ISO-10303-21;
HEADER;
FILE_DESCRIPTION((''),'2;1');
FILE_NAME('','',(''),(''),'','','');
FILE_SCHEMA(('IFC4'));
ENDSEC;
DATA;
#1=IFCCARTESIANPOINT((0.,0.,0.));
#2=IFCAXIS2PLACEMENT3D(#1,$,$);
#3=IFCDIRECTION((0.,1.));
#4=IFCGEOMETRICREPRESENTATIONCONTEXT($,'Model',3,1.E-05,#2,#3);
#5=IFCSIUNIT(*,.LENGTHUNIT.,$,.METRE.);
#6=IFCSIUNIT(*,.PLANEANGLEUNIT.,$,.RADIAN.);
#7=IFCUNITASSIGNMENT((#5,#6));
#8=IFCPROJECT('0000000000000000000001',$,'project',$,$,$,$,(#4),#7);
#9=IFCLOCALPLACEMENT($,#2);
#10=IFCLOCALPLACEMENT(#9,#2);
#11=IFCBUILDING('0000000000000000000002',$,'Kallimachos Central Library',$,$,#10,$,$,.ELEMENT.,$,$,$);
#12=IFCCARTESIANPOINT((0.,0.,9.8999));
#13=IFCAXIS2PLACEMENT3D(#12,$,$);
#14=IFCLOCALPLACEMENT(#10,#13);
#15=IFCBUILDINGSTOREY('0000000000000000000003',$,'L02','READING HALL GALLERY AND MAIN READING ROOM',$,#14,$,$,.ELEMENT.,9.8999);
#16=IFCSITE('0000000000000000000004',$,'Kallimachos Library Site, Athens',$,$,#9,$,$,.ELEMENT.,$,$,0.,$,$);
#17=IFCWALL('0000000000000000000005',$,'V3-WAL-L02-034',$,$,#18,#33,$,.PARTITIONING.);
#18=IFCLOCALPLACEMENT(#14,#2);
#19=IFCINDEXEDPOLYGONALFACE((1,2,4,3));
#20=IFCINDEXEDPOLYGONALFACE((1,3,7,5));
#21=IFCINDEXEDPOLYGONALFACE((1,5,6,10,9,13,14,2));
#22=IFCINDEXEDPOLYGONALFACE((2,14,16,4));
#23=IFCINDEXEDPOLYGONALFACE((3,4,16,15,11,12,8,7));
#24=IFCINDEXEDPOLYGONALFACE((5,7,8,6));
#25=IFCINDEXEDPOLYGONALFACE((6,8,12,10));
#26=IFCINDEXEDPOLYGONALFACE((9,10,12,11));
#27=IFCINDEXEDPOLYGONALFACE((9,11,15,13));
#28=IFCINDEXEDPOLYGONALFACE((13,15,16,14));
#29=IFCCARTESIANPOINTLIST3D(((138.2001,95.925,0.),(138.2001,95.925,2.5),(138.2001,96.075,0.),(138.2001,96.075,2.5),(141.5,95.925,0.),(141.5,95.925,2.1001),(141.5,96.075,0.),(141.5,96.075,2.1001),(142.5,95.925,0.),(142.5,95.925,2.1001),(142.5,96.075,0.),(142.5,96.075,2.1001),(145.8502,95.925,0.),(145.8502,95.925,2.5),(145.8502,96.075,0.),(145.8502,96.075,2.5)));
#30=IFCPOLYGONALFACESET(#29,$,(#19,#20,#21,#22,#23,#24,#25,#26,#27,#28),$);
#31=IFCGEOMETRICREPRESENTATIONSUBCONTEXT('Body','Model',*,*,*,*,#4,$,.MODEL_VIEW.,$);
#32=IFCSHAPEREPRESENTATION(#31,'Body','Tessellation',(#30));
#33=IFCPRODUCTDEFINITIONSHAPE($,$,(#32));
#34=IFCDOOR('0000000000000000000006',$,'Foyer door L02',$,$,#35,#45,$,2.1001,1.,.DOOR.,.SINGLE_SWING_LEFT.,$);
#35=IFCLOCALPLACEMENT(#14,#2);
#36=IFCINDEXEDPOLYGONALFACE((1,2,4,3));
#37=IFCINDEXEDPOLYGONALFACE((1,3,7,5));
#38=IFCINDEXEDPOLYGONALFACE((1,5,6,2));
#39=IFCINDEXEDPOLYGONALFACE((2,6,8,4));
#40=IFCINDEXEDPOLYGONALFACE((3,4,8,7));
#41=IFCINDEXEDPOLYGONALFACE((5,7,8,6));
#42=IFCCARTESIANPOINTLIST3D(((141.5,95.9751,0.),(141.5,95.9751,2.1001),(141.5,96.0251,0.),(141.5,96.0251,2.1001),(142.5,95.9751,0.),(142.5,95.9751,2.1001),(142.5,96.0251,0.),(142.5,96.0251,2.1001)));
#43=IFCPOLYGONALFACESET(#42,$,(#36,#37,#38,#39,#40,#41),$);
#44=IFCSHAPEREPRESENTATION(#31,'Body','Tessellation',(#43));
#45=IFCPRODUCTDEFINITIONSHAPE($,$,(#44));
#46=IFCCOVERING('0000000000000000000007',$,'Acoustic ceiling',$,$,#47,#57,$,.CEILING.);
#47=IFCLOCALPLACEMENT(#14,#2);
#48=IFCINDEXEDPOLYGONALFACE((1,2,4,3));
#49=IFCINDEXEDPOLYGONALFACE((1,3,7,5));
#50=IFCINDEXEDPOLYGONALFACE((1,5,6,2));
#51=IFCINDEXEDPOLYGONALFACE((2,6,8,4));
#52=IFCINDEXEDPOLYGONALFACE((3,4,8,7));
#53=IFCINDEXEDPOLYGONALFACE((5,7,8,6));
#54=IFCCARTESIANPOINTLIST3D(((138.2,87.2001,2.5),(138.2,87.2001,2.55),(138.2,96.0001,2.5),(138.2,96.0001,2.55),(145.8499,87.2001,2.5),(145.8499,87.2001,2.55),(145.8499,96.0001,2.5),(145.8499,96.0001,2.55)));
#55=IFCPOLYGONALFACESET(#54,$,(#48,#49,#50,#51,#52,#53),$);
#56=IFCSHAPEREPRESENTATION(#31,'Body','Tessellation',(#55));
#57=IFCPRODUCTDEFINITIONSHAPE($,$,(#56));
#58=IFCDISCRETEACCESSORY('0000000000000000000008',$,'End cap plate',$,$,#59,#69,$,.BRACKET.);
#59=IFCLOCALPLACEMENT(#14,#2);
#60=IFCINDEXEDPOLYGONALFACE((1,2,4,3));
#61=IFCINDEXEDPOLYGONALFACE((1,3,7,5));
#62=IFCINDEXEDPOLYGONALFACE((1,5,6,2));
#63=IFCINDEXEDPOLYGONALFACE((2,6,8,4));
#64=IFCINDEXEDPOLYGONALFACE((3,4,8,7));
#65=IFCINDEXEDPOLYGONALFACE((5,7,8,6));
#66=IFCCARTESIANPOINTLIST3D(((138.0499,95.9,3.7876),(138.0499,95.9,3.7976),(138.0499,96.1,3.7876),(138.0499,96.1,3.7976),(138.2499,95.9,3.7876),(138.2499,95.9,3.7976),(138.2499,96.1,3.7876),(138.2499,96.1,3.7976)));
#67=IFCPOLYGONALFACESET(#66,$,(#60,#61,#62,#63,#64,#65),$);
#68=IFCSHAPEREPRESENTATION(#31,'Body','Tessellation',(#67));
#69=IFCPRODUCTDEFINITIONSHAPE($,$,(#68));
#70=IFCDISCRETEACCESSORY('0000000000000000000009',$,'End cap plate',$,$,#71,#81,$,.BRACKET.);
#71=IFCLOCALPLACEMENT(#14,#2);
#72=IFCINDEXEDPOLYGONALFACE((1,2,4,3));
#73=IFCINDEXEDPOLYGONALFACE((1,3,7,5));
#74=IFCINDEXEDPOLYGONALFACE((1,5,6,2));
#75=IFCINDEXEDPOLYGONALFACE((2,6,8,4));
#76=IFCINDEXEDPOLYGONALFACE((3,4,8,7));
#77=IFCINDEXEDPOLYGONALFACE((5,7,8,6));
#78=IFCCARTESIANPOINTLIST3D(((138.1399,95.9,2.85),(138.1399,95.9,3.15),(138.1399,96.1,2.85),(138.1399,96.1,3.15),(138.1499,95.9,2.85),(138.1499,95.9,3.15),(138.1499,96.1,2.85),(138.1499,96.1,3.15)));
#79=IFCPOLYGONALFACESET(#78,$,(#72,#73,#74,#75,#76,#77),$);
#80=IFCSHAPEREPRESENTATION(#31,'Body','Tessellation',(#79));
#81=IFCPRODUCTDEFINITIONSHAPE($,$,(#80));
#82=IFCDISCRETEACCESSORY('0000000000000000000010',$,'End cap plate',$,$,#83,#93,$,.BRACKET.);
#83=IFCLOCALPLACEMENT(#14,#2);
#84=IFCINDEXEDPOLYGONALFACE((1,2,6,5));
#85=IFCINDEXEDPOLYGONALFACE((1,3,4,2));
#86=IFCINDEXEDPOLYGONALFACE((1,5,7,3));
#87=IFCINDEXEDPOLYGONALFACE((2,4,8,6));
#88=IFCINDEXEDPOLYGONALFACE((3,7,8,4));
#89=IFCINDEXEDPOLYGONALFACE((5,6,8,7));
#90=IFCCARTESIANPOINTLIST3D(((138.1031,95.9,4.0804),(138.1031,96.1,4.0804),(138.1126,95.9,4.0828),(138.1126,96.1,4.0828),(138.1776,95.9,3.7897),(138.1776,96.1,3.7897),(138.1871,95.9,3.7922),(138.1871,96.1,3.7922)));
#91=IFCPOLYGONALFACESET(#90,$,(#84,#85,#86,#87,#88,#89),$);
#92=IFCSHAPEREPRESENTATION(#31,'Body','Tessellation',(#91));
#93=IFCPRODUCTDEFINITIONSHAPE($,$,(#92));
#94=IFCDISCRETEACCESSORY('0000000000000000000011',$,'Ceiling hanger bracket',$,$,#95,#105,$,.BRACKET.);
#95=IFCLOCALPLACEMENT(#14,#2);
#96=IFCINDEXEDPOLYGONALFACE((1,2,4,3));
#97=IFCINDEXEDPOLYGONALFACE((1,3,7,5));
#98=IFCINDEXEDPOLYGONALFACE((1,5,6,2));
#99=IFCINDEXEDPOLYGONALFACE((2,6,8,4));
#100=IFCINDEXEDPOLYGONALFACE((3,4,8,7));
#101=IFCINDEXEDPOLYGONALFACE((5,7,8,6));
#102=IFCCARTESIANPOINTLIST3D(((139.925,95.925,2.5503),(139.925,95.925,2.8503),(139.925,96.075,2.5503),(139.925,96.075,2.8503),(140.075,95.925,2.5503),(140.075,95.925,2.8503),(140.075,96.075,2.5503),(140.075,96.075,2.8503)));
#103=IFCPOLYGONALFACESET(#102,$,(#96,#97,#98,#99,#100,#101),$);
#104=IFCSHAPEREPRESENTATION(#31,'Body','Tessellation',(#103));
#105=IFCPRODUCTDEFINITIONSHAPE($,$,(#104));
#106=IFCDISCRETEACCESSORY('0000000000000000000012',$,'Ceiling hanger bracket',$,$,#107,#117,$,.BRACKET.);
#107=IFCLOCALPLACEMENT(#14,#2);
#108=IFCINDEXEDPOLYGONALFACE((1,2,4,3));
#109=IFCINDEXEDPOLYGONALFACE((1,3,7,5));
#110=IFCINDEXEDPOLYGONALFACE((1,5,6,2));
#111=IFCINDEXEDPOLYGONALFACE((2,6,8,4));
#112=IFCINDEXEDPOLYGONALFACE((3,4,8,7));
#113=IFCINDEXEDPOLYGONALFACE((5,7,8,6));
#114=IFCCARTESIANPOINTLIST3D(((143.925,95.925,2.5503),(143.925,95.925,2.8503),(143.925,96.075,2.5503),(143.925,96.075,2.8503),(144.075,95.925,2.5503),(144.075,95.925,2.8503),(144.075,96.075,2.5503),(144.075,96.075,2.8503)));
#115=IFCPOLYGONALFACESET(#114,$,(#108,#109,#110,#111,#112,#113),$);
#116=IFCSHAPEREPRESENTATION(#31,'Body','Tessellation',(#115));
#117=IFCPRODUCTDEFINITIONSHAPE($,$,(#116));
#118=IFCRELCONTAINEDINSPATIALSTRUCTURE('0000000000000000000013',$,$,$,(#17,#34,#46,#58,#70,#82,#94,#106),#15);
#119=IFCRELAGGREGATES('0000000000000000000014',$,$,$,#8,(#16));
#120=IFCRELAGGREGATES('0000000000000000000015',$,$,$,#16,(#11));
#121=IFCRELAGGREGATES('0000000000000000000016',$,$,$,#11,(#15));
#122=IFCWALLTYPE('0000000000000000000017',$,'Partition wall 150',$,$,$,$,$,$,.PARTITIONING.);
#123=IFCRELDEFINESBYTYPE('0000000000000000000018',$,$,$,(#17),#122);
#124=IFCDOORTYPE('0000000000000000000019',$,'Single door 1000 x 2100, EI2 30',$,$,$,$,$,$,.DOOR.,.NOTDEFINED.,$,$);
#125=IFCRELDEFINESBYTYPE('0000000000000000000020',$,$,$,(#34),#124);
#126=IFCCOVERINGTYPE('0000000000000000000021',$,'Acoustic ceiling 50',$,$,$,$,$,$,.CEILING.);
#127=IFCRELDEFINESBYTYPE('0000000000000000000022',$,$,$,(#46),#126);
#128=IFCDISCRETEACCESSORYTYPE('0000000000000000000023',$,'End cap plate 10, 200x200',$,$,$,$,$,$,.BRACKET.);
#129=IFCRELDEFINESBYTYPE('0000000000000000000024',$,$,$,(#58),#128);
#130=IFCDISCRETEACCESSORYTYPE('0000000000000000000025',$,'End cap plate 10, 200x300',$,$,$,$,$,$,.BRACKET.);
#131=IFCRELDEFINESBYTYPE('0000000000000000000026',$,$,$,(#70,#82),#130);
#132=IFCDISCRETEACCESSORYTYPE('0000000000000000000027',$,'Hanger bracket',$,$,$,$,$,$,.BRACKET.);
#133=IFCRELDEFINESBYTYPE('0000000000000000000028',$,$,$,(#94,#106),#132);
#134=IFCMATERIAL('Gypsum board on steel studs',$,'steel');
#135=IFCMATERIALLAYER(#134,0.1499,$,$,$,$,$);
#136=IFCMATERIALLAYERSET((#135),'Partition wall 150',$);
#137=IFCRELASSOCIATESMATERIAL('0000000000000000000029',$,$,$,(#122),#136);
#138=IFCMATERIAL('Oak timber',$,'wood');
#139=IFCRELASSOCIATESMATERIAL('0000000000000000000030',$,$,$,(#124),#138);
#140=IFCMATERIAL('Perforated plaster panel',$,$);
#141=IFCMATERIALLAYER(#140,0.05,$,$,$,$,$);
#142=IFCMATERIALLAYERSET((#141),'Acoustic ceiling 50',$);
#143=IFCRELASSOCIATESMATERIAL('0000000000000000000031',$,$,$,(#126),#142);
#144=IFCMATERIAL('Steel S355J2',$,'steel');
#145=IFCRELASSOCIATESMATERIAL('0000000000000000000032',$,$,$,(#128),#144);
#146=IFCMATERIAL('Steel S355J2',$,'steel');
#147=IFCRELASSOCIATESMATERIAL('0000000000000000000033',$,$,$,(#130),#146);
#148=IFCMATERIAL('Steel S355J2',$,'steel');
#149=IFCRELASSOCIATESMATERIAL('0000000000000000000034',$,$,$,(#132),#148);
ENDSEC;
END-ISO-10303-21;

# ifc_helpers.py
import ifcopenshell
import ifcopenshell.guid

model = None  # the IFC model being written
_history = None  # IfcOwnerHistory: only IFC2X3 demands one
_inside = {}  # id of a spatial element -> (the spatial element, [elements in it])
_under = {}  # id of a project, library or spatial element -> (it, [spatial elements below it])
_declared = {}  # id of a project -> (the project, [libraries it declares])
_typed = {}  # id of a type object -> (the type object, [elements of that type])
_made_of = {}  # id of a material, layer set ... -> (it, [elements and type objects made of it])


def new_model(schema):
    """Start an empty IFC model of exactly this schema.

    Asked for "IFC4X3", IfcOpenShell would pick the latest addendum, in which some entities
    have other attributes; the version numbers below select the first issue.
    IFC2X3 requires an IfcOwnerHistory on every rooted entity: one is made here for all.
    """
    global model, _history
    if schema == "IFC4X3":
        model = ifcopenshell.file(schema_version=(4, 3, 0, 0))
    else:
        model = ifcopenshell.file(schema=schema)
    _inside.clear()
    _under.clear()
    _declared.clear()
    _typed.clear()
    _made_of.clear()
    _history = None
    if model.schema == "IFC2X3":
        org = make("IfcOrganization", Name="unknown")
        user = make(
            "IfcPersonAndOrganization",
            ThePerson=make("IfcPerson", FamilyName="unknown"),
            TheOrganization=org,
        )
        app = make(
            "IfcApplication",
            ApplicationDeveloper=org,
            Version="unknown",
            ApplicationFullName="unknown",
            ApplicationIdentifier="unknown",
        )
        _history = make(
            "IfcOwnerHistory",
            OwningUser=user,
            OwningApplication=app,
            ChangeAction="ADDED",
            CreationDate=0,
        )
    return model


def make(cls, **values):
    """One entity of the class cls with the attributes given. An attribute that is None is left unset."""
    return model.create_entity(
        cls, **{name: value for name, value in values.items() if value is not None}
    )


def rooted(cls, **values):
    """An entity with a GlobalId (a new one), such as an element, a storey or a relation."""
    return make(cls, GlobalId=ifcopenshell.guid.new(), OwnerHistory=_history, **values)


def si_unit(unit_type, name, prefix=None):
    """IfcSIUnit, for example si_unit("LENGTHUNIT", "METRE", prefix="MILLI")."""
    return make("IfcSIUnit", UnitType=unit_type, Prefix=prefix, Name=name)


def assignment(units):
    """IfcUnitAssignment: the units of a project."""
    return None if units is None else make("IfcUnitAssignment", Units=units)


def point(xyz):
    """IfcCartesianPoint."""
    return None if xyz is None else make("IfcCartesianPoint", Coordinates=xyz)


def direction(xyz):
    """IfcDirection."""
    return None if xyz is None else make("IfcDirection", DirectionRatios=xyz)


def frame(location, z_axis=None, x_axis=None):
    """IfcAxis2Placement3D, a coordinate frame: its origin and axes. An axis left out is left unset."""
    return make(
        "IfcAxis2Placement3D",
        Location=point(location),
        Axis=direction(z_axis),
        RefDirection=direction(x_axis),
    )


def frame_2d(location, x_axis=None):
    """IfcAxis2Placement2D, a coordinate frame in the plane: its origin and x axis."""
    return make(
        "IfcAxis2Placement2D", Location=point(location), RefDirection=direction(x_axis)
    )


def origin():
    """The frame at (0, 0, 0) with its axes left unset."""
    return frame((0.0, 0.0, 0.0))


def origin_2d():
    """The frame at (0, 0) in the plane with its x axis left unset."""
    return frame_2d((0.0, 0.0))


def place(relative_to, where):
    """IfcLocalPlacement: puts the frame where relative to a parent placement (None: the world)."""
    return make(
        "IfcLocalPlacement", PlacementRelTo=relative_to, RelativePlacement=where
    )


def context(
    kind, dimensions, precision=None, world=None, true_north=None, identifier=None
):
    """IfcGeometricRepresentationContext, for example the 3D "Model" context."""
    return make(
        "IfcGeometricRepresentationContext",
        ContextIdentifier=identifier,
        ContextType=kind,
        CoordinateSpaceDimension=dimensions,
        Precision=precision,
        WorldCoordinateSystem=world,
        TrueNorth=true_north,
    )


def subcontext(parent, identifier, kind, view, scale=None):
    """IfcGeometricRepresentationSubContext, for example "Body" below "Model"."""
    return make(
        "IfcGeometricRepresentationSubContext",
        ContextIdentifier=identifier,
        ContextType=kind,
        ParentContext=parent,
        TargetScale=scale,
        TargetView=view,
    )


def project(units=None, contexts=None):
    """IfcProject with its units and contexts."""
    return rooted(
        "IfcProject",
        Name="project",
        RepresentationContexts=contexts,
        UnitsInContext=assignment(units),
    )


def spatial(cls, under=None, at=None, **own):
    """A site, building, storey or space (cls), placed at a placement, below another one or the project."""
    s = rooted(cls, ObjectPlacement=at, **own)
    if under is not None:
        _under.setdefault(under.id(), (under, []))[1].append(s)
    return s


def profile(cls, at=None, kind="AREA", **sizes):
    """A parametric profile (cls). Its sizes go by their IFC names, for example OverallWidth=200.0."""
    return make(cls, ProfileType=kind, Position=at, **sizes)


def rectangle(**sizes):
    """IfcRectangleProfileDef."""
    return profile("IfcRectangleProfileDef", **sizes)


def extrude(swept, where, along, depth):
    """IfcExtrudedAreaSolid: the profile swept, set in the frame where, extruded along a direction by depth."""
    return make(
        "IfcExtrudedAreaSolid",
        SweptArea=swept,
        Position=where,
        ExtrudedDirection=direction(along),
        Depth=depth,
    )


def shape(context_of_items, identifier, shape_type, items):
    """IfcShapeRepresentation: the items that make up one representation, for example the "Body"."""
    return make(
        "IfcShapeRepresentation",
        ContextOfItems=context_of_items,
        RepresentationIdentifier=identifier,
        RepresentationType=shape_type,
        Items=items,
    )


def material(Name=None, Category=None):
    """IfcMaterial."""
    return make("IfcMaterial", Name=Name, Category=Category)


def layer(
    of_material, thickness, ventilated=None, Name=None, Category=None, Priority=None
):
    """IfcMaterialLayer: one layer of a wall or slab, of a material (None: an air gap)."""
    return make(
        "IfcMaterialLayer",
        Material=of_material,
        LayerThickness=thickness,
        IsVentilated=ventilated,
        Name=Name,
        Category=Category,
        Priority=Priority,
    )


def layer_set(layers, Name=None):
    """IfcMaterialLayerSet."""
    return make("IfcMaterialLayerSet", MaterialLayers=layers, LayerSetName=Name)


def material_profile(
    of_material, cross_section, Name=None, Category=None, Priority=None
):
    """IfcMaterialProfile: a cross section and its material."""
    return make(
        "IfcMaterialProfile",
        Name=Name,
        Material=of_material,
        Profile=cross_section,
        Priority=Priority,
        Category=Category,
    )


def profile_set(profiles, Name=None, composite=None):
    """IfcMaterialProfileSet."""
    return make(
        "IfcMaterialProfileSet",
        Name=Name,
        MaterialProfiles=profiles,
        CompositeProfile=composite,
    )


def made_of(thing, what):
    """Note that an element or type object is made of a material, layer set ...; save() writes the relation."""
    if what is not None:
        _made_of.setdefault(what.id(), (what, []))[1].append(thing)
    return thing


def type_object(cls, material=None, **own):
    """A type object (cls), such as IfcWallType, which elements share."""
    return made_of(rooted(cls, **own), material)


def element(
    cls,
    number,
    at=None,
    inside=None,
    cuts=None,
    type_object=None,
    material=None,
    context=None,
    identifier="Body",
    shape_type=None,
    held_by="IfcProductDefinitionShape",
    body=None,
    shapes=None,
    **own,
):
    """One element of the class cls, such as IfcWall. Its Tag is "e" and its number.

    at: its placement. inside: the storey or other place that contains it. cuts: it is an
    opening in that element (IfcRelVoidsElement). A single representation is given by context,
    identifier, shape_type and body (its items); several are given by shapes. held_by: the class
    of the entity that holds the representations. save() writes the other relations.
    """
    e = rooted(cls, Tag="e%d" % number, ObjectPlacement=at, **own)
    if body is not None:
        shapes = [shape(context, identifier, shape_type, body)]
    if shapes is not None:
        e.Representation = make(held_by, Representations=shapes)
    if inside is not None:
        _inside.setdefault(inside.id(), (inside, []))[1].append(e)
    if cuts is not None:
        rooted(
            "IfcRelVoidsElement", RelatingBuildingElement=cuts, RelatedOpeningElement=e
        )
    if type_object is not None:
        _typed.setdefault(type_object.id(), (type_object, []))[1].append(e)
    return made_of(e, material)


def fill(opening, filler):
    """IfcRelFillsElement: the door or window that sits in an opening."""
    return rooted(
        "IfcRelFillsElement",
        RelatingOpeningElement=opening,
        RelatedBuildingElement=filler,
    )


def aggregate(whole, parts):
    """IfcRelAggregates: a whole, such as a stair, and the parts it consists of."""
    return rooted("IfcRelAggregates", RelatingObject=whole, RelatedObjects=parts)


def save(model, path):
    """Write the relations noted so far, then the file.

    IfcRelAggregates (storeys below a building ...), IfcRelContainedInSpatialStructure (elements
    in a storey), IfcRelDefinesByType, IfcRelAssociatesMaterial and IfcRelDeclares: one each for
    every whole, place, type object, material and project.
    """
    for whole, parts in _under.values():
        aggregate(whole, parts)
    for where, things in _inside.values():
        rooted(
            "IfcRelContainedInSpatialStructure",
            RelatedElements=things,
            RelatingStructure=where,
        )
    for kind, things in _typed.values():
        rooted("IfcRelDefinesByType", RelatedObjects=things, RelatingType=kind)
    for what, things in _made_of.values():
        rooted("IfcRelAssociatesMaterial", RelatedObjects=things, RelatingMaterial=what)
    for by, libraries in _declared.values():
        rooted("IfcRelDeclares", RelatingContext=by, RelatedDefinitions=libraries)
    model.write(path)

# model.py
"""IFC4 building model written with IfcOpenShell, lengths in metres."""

from ifc_helpers import new_model, si_unit, direction, frame, frame_2d, origin, origin_2d, place, context, subcontext, project, spatial, rectangle, extrude, material, layer, layer_set, material_profile, profile_set, type_object, element, fill, save


model = new_model("IFC4")

# Units and contexts
model_context = context("Model", 3, precision=1e-05, world=origin(), true_north=direction((0.0, 1.0)))
body_context = subcontext(model_context, "Body", "Model", "MODEL_VIEW")
ifc_project = project(units=[si_unit("LENGTHUNIT", "METRE"), si_unit("PLANEANGLEUNIT", "RADIAN")], contexts=[model_context])

# Site, building, storey
site_placement = place(None, origin())
site = spatial("IfcSite", under=ifc_project, at=site_placement, Name="Kallimachos Library Site, Athens", CompositionType="ELEMENT", RefElevation=0.0)
building_placement = place(site_placement, origin())
building = spatial("IfcBuilding", under=site, at=building_placement, Name="Kallimachos Central Library", CompositionType="ELEMENT")
storey_placement = place(building_placement, frame((0.0, 0.0, 9.8999)))
storey = spatial("IfcBuildingStorey", under=building, at=storey_placement, Name="L02", Description="READING HALL GALLERY AND MAIN READING ROOM", CompositionType="ELEMENT", Elevation=9.8999)

# Wall, opening, door
ifc_material_1 = material(Name="Gypsum board on steel studs", Category="steel")
ifc_layer_1 = layer(ifc_material_1, 0.1499)
ifc_layer_set_1 = layer_set([ifc_layer_1], Name="Partition wall 150")
wall_type_1 = type_object("IfcWallType", Name="Partition wall 150", PredefinedType="PARTITIONING", material=ifc_layer_set_1)
wall_1_placement = place(storey_placement, frame((138.2, 96.0, 0.0), z_axis=(0.0, 0.0, 1.0), x_axis=(1.0, 0.0, 0.0)))
wall_1 = element("IfcWall", 1, at=wall_1_placement, inside=storey, type_object=wall_type_1, Name="V3-WAL-L02-034", PredefinedType="PARTITIONING", context=body_context, shape_type="SweptSolid", body=[
    extrude(rectangle(XDim=7.6501, YDim=0.1499, at=frame_2d((3.8252, 0.0))), origin(), (0.0, 0.0, 1.0), 2.5),
])
opening_1_placement = place(wall_1_placement, frame((3.3, 0.0, 0.0)))
opening_1 = element("IfcOpeningElement", 2, at=opening_1_placement, cuts=wall_1, PredefinedType="OPENING", context=body_context, shape_type="SweptSolid", body=[
    extrude(rectangle(XDim=1.0, YDim=2.1001, at=frame_2d((0.5, 1.05))), frame((0.0, 0.085, 0.0), z_axis=(0.0, -1.0, 0.0), x_axis=(1.0, 0.0, 0.0)), (0.0, 0.0, 1.0), 0.1699),
])
ifc_material_2 = material(Name="Oak timber", Category="wood")
door_type_1 = type_object("IfcDoorType", Name="Single door 1000 x 2100, EI2 30", OperationType="NOTDEFINED", PredefinedType="DOOR", material=ifc_material_2)
door_1_placement = place(opening_1_placement, frame((1.0, 0.0, 0.0), z_axis=(0.0, 0.0, 1.0), x_axis=(-1.0, 0.0, 0.0)))
door_1 = element("IfcDoor", 3, at=door_1_placement, inside=storey, type_object=door_type_1, Name="Foyer door L02", OperationType="SINGLE_SWING_LEFT", OverallHeight=2.1001, OverallWidth=1.0, PredefinedType="DOOR", context=body_context, shape_type="SweptSolid", body=[
    extrude(rectangle(XDim=1.0, YDim=2.1001, at=frame_2d((0.5, 1.05))), frame((0.0, 0.0249, 0.0), z_axis=(0.0, -1.0, 0.0), x_axis=(1.0, 0.0, 0.0)), (0.0, 0.0, 1.0), 0.05),
])
fill(opening_1, door_1)

# Covering
ifc_material_3 = material(Name="Perforated plaster panel")
ifc_layer_2 = layer(ifc_material_3, 0.05)
ifc_layer_set_2 = layer_set([ifc_layer_2], Name="Acoustic ceiling 50")
covering_type = type_object("IfcCoveringType", Name="Acoustic ceiling 50", PredefinedType="CEILING", material=ifc_layer_set_2)
covering_placement = place(storey_placement, frame((142.0249, 91.6001, 2.5), z_axis=(0.0, 0.0, 1.0), x_axis=(1.0, 0.0, 0.0)))
element("IfcCovering", 4, at=covering_placement, inside=storey, type_object=covering_type, Name="Acoustic ceiling", PredefinedType="CEILING", context=body_context, shape_type="SweptSolid", body=[
    extrude(rectangle(XDim=7.6499, YDim=8.8, at=origin_2d()), origin(), (0.0, 0.0, 1.0), 0.05),
])

# Discrete accessories
ifc_material_4 = material(Name="Steel S355J2", Category="steel")
ifc_material_profile_1 = material_profile(ifc_material_4, rectangle(XDim=0.2, YDim=0.2, at=origin_2d()), Name="End cap plate 10, 200x200")
ifc_profile_set_1 = profile_set([ifc_material_profile_1], Name="Steel S355J2")
discrete_accessory_type_1 = type_object("IfcDiscreteAccessoryType", Name="End cap plate 10, 200x200", PredefinedType="BRACKET", material=ifc_profile_set_1)
discrete_accessory_1_placement = place(storey_placement, frame((138.1499, 96.0, 3.7876), z_axis=(0.0, 0.0, 1.0), x_axis=(1.0, 0.0, 0.0)))
element("IfcDiscreteAccessory", 5, at=discrete_accessory_1_placement, inside=storey, type_object=discrete_accessory_type_1, Name="End cap plate", PredefinedType="BRACKET", context=body_context, shape_type="SweptSolid", body=[
    extrude(rectangle(XDim=0.2, YDim=0.2, at=origin_2d()), origin(), (0.0, 0.0, 1.0), 0.01),
])
ifc_material_5 = material(Name="Steel S355J2", Category="steel")
ifc_material_profile_2 = material_profile(ifc_material_5, rectangle(XDim=0.2, YDim=0.3, at=origin_2d()), Name="End cap plate 10, 200x300")
ifc_profile_set_2 = profile_set([ifc_material_profile_2], Name="Steel S355J2")
discrete_accessory_type_2 = type_object("IfcDiscreteAccessoryType", Name="End cap plate 10, 200x300", PredefinedType="BRACKET", material=ifc_profile_set_2)
discrete_accessory_2_placement = place(storey_placement, frame((138.1399, 96.0, 3.0), z_axis=(1.0, 0.0, 0.0), x_axis=(0.0, 1.0, 0.0)))
element("IfcDiscreteAccessory", 6, at=discrete_accessory_2_placement, inside=storey, type_object=discrete_accessory_type_2, Name="End cap plate", PredefinedType="BRACKET", context=body_context, shape_type="SweptSolid", body=[
    extrude(rectangle(XDim=0.2, YDim=0.3, at=origin_2d()), origin(), (0.0, 0.0, 1.0), 0.01),
])
discrete_accessory_3_placement = place(storey_placement, frame((138.1404, 96.0, 3.9351), z_axis=(0.968664, 0.0, 0.248375), x_axis=(0.0, 1.0, 0.0)))
element("IfcDiscreteAccessory", 7, at=discrete_accessory_3_placement, inside=storey, type_object=discrete_accessory_type_2, Name="End cap plate", PredefinedType="BRACKET", context=body_context, shape_type="SweptSolid", body=[
    extrude(rectangle(XDim=0.2, YDim=0.3, at=origin_2d()), origin(), (0.0, 0.0, 1.0), 0.0098),
])
ifc_material_6 = material(Name="Steel S355J2", Category="steel")
discrete_accessory_type_3 = type_object("IfcDiscreteAccessoryType", Name="Hanger bracket", PredefinedType="BRACKET", material=ifc_material_6)
for number, where, z_axis, x_axis, name in (
    (8, (140.0, 96.0, 2.5503), (0.0, 0.0, 1.0), (1.0, 0.0, 0.0), "Ceiling hanger bracket"),
    (9, (144.0, 96.0, 2.5503), (0.0, 0.0, 1.0), (1.0, 0.0, 0.0), "Ceiling hanger bracket"),
):
    element("IfcDiscreteAccessory", number, at=place(storey_placement, frame(where, z_axis=z_axis, x_axis=x_axis)), inside=storey, type_object=discrete_accessory_type_3, Name=name, PredefinedType="BRACKET", context=body_context, shape_type="SweptSolid", body=[
        extrude(rectangle(XDim=0.1499, YDim=0.1499, at=origin_2d()), origin(), (0.0, 0.0, 1.0), 0.3),
    ])

save(model, "model.ifc")
